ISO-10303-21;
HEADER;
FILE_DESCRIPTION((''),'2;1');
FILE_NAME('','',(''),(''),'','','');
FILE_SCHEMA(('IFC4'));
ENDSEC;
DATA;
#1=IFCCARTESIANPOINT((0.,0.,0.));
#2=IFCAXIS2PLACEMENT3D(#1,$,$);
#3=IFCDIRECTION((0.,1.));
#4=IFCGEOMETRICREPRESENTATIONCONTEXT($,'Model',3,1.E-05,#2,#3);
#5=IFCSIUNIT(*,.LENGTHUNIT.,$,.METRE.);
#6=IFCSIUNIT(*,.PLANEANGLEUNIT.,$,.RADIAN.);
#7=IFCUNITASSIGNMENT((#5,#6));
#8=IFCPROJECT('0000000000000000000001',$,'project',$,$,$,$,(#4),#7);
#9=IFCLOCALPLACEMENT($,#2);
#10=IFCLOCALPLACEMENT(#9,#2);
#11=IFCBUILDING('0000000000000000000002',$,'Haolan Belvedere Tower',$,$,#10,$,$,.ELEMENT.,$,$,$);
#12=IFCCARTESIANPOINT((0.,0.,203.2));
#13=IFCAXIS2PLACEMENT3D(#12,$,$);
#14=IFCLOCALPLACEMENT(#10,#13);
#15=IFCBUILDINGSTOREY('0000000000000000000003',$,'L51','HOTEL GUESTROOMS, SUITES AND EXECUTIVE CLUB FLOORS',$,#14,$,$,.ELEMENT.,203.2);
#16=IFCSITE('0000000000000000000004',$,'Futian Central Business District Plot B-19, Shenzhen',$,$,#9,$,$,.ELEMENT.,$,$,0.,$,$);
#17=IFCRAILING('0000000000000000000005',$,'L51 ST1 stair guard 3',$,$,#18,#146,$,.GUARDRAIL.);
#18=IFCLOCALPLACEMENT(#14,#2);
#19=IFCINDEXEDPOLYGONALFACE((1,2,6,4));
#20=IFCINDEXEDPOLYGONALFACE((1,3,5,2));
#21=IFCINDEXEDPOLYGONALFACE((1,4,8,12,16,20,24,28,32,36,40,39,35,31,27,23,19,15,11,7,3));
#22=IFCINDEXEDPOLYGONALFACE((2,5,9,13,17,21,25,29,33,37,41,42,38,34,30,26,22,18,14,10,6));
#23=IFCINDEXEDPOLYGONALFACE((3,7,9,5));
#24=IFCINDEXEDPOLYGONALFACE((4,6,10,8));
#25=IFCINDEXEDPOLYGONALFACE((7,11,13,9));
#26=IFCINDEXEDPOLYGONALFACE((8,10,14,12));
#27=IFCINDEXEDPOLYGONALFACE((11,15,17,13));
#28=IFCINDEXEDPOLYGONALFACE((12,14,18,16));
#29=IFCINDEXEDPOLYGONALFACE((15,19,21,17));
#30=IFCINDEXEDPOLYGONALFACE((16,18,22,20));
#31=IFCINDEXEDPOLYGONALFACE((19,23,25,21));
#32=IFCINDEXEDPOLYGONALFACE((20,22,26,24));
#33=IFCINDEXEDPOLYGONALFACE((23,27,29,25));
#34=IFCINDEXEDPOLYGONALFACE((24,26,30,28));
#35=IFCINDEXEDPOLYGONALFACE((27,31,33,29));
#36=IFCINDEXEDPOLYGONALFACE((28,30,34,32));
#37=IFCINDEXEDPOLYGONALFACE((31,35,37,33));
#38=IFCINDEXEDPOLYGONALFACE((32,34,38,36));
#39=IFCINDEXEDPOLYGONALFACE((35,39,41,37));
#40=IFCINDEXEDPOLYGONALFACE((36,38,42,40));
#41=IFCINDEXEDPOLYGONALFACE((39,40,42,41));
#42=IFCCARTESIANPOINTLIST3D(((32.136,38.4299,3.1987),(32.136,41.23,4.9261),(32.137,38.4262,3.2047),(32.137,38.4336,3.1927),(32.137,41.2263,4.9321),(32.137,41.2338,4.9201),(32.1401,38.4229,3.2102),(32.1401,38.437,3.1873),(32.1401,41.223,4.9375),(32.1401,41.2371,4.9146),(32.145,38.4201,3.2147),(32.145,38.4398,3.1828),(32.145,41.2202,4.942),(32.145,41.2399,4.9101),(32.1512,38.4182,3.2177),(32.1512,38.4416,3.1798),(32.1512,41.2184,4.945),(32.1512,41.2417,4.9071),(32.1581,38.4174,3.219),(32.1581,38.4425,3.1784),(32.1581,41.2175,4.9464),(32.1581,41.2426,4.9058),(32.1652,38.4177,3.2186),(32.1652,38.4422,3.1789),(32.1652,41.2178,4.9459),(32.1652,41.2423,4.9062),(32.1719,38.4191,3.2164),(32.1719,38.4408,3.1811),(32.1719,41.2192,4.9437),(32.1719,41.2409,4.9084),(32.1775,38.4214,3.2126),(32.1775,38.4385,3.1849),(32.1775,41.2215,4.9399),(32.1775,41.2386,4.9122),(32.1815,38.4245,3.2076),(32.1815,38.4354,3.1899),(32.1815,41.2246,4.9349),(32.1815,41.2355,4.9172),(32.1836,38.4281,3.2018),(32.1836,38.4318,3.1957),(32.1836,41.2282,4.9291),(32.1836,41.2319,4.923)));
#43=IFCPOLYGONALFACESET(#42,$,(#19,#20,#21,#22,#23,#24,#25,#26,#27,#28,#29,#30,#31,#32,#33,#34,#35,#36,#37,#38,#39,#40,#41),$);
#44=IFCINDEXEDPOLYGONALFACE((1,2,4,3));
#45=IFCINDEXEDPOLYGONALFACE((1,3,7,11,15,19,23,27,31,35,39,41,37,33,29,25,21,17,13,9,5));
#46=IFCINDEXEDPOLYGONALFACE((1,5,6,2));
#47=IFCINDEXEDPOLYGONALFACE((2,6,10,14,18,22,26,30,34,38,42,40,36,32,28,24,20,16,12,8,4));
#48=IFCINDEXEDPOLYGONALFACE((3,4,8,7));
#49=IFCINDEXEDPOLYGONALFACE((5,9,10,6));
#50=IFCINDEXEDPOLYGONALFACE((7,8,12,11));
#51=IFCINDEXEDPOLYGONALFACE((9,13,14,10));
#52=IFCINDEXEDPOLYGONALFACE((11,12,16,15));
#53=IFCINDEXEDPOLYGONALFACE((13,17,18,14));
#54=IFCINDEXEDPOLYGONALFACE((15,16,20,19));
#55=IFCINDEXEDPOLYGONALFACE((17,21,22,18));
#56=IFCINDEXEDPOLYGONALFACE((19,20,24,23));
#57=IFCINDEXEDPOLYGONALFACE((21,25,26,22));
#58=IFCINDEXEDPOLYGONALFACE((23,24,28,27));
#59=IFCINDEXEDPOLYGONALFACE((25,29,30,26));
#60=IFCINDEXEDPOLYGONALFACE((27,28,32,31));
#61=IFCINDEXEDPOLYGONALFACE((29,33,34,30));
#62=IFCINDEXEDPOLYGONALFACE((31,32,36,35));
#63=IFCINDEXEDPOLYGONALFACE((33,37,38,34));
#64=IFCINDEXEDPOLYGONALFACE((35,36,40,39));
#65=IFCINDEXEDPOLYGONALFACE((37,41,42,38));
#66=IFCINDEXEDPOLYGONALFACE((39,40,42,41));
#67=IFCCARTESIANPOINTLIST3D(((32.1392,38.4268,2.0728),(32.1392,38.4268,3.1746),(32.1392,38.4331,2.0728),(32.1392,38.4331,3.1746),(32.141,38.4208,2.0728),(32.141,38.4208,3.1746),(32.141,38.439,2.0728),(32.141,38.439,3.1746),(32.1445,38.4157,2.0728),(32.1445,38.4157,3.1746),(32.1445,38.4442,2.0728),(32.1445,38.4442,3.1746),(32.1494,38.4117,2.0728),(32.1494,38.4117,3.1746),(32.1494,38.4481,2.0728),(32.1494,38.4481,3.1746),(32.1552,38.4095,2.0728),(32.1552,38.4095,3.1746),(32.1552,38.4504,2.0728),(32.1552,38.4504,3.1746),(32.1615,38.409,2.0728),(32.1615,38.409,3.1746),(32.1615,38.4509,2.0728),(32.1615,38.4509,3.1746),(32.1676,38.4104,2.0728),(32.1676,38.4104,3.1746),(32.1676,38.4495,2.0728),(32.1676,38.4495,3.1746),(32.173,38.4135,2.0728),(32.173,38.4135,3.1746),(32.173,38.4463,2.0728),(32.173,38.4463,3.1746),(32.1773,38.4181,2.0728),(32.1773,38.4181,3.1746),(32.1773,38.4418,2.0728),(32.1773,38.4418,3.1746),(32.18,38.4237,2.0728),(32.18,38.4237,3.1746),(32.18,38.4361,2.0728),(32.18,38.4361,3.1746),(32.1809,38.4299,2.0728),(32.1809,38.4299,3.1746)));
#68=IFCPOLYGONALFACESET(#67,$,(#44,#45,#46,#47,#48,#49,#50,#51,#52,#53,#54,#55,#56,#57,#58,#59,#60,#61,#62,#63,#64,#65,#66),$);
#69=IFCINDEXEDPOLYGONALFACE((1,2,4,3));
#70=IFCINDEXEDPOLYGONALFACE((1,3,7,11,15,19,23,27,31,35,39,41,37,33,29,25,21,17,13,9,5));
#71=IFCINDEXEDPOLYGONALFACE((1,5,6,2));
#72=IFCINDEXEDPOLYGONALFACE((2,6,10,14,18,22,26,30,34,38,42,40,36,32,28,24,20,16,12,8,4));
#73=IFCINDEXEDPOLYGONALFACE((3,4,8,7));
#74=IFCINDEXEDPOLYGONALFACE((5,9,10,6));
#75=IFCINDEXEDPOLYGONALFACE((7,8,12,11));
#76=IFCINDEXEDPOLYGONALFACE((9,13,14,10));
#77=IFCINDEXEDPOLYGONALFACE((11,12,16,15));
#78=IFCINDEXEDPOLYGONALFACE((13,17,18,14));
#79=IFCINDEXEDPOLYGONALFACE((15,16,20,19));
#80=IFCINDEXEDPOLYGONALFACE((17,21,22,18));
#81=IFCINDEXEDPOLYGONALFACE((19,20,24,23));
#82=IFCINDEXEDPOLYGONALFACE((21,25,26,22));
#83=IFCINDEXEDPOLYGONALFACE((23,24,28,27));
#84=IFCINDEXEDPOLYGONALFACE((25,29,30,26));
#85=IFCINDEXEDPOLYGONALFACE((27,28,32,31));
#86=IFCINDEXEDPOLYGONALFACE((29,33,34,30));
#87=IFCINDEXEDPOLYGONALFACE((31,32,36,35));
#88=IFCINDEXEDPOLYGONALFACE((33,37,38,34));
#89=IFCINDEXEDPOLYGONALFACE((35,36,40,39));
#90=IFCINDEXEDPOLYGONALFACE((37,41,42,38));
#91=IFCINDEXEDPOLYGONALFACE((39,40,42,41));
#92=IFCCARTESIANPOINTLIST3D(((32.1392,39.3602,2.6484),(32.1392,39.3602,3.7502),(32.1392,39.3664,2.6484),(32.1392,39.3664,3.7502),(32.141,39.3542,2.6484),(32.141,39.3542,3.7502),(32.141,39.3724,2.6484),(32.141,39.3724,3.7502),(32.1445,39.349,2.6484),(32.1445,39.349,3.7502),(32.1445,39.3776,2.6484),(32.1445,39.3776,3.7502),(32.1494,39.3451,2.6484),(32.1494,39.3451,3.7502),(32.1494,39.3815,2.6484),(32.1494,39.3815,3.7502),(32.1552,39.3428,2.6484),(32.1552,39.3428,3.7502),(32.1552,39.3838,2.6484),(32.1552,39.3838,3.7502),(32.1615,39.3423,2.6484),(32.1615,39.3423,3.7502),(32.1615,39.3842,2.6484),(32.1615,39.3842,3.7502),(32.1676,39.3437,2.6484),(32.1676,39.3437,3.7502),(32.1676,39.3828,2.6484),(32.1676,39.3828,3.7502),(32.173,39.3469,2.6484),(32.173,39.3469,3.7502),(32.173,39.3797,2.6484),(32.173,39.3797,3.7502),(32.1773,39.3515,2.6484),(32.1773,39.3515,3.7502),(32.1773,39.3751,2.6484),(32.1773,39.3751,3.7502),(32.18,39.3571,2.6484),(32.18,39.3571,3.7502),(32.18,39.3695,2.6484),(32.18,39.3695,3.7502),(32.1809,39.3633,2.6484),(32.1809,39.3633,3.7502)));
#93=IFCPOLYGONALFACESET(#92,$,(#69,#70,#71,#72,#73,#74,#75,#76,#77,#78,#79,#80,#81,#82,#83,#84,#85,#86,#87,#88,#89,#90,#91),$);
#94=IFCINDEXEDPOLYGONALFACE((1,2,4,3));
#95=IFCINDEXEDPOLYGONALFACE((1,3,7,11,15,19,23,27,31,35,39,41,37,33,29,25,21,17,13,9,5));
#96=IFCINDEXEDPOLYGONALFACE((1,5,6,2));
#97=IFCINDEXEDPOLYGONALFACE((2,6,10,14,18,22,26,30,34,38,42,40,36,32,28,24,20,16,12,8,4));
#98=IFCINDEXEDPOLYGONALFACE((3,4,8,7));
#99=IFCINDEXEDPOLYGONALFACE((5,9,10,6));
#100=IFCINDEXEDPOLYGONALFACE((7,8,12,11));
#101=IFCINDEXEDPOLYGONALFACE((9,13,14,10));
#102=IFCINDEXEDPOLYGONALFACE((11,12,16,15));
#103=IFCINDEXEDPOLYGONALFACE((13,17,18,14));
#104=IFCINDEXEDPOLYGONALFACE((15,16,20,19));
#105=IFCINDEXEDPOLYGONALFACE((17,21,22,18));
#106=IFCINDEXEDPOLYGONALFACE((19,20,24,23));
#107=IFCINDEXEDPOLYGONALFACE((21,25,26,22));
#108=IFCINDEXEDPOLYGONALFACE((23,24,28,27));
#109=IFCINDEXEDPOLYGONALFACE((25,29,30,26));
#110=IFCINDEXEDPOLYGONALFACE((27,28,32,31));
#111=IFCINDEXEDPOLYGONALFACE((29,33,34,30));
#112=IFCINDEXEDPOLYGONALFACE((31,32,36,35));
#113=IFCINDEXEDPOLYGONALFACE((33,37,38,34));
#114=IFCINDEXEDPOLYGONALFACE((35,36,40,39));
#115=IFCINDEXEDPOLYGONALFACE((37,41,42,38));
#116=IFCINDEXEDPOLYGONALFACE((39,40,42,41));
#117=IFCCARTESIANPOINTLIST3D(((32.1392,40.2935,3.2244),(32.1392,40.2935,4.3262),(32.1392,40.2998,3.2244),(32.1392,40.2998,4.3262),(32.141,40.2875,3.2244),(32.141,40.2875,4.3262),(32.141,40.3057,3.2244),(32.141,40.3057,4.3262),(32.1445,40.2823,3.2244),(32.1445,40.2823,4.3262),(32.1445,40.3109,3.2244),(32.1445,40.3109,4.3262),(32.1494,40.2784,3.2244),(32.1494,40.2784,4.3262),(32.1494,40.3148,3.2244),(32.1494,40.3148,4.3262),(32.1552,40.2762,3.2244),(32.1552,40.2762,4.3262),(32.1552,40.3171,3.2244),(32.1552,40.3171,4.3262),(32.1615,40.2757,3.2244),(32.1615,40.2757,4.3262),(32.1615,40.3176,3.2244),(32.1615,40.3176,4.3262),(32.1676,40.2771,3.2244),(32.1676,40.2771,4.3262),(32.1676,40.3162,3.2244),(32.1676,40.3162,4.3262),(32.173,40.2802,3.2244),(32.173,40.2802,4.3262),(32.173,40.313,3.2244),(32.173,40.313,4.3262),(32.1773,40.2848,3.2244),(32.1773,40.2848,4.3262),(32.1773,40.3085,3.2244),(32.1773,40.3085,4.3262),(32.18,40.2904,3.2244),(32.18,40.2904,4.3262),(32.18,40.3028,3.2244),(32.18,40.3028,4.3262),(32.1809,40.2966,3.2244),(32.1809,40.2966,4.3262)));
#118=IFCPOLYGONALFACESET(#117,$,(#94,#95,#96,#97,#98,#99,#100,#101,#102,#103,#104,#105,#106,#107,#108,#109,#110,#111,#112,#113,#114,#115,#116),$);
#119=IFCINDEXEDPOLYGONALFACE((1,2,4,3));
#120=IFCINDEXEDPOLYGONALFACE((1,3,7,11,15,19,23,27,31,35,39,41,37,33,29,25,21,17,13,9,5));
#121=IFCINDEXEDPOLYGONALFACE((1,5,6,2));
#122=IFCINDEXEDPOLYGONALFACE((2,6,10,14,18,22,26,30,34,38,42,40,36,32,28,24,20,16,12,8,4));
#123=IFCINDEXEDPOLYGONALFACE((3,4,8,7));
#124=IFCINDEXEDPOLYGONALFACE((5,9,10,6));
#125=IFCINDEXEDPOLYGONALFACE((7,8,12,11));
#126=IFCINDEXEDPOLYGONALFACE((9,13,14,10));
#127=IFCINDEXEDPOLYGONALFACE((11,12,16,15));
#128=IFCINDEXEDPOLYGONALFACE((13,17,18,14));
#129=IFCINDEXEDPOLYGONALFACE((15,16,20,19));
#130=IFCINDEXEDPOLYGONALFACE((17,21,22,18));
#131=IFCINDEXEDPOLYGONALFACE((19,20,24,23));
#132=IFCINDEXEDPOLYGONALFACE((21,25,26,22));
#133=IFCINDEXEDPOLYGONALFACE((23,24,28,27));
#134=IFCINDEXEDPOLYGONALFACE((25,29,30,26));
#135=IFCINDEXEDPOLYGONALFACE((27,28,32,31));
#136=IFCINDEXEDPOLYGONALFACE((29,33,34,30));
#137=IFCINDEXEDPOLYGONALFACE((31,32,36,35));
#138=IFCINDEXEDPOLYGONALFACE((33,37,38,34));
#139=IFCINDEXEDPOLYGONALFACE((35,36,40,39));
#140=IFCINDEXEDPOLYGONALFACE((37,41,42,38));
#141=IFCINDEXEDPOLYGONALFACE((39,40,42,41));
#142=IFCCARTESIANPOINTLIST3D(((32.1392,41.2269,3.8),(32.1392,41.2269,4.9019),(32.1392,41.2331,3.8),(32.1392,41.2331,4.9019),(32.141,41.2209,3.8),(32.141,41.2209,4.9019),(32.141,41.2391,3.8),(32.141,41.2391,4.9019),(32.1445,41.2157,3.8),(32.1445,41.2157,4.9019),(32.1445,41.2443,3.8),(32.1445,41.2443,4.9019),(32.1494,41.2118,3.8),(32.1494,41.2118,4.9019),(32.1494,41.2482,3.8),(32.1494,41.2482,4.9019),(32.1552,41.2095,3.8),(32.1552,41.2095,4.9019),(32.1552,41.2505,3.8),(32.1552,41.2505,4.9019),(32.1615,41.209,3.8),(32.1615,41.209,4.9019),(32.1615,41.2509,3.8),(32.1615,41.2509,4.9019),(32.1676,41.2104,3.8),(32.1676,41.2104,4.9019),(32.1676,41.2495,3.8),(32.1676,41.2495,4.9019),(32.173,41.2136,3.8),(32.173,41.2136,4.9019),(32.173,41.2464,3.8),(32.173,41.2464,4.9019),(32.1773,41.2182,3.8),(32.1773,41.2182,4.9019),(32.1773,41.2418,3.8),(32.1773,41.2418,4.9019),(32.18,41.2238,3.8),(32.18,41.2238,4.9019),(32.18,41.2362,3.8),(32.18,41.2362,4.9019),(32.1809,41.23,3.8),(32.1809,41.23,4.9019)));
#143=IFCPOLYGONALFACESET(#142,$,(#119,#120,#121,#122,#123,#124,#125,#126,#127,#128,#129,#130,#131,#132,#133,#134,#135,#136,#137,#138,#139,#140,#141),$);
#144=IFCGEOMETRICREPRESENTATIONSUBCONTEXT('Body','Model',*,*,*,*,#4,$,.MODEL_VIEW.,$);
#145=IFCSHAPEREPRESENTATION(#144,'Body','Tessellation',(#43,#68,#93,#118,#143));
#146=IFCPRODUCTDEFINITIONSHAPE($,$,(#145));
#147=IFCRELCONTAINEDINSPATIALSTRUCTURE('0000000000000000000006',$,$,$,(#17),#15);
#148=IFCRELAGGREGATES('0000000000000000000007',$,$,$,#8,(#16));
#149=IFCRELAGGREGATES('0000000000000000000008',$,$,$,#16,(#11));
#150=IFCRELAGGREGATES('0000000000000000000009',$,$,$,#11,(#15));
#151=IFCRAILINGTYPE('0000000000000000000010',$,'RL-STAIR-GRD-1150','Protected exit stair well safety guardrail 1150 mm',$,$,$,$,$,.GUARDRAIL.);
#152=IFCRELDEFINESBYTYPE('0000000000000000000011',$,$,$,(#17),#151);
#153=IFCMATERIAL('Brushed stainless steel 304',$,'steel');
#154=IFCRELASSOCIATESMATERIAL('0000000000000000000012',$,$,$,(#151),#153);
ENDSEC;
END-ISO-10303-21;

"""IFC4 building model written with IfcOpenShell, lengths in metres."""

from ifc_helpers import new_model, si_unit, direction, frame, origin, origin_2d, place, context, subcontext, project, spatial, circle, extrude, material, type_object, element, save


model = new_model("IFC4")

# Units and contexts
model_context = context("Model", 3, precision=1e-05, world=origin(), true_north=direction((0.0, 1.0)))
body_context = subcontext(model_context, "Body", "Model", "MODEL_VIEW")
ifc_project = project(units=[si_unit("LENGTHUNIT", "METRE"), si_unit("PLANEANGLEUNIT", "RADIAN")], contexts=[model_context])

# Site, building, storey
site_placement = place(None, origin())
site = spatial("IfcSite", under=ifc_project, at=site_placement, Name="Futian Central Business District Plot B-19, Shenzhen", CompositionType="ELEMENT", RefElevation=0.0)
building_placement = place(site_placement, origin())
building = spatial("IfcBuilding", under=site, at=building_placement, Name="Haolan Belvedere Tower", CompositionType="ELEMENT")
storey_placement = place(building_placement, frame((0.0, 0.0, 203.2)))
storey = spatial("IfcBuildingStorey", under=building, at=storey_placement, Name="L51", Description="HOTEL GUESTROOMS, SUITES AND EXECUTIVE CLUB FLOORS", CompositionType="ELEMENT", Elevation=203.2)

# Railing
ifc_material_1 = material(Name="Brushed stainless steel 304", Category="steel")
railing_type_1 = type_object("IfcRailingType", Name="RL-STAIR-GRD-1150", Description="Protected exit stair well safety guardrail 1150 mm", PredefinedType="GUARDRAIL", material=ifc_material_1)
railing_1_placement = place(storey_placement, frame((32.1599, 38.4299, 2.0728)))
element("IfcRailing", 1, at=railing_1_placement, inside=storey, type_object=railing_type_1, Name="L51 ST1 stair guard 3", PredefinedType="GUARDRAIL", context=body_context, shape_type="SweptSolid", body=[
    extrude(circle(Radius=0.0239, at=origin_2d()), frame((0.0, 0.0, 1.126), z_axis=(0.0, 0.85109, 0.52502), x_axis=(-1.0, 0.0, 0.0)), (0.0, 0.0, 1.0), 3.29),
    extrude(circle(Radius=0.021, at=origin_2d()), origin(), (0.0, 0.0, 1.0), 1.1018),
    extrude(circle(Radius=0.021, at=origin_2d()), frame((0.0, 0.9333, 0.5757)), (0.0, 0.0, 1.0), 1.1018),
    extrude(circle(Radius=0.021, at=origin_2d()), frame((0.0, 1.8667, 1.1516)), (0.0, 0.0, 1.0), 1.1018),
    extrude(circle(Radius=0.021, at=origin_2d()), frame((0.0, 2.8, 1.7273)), (0.0, 0.0, 1.0), 1.1018),
])

save(model, "model.ifc")
